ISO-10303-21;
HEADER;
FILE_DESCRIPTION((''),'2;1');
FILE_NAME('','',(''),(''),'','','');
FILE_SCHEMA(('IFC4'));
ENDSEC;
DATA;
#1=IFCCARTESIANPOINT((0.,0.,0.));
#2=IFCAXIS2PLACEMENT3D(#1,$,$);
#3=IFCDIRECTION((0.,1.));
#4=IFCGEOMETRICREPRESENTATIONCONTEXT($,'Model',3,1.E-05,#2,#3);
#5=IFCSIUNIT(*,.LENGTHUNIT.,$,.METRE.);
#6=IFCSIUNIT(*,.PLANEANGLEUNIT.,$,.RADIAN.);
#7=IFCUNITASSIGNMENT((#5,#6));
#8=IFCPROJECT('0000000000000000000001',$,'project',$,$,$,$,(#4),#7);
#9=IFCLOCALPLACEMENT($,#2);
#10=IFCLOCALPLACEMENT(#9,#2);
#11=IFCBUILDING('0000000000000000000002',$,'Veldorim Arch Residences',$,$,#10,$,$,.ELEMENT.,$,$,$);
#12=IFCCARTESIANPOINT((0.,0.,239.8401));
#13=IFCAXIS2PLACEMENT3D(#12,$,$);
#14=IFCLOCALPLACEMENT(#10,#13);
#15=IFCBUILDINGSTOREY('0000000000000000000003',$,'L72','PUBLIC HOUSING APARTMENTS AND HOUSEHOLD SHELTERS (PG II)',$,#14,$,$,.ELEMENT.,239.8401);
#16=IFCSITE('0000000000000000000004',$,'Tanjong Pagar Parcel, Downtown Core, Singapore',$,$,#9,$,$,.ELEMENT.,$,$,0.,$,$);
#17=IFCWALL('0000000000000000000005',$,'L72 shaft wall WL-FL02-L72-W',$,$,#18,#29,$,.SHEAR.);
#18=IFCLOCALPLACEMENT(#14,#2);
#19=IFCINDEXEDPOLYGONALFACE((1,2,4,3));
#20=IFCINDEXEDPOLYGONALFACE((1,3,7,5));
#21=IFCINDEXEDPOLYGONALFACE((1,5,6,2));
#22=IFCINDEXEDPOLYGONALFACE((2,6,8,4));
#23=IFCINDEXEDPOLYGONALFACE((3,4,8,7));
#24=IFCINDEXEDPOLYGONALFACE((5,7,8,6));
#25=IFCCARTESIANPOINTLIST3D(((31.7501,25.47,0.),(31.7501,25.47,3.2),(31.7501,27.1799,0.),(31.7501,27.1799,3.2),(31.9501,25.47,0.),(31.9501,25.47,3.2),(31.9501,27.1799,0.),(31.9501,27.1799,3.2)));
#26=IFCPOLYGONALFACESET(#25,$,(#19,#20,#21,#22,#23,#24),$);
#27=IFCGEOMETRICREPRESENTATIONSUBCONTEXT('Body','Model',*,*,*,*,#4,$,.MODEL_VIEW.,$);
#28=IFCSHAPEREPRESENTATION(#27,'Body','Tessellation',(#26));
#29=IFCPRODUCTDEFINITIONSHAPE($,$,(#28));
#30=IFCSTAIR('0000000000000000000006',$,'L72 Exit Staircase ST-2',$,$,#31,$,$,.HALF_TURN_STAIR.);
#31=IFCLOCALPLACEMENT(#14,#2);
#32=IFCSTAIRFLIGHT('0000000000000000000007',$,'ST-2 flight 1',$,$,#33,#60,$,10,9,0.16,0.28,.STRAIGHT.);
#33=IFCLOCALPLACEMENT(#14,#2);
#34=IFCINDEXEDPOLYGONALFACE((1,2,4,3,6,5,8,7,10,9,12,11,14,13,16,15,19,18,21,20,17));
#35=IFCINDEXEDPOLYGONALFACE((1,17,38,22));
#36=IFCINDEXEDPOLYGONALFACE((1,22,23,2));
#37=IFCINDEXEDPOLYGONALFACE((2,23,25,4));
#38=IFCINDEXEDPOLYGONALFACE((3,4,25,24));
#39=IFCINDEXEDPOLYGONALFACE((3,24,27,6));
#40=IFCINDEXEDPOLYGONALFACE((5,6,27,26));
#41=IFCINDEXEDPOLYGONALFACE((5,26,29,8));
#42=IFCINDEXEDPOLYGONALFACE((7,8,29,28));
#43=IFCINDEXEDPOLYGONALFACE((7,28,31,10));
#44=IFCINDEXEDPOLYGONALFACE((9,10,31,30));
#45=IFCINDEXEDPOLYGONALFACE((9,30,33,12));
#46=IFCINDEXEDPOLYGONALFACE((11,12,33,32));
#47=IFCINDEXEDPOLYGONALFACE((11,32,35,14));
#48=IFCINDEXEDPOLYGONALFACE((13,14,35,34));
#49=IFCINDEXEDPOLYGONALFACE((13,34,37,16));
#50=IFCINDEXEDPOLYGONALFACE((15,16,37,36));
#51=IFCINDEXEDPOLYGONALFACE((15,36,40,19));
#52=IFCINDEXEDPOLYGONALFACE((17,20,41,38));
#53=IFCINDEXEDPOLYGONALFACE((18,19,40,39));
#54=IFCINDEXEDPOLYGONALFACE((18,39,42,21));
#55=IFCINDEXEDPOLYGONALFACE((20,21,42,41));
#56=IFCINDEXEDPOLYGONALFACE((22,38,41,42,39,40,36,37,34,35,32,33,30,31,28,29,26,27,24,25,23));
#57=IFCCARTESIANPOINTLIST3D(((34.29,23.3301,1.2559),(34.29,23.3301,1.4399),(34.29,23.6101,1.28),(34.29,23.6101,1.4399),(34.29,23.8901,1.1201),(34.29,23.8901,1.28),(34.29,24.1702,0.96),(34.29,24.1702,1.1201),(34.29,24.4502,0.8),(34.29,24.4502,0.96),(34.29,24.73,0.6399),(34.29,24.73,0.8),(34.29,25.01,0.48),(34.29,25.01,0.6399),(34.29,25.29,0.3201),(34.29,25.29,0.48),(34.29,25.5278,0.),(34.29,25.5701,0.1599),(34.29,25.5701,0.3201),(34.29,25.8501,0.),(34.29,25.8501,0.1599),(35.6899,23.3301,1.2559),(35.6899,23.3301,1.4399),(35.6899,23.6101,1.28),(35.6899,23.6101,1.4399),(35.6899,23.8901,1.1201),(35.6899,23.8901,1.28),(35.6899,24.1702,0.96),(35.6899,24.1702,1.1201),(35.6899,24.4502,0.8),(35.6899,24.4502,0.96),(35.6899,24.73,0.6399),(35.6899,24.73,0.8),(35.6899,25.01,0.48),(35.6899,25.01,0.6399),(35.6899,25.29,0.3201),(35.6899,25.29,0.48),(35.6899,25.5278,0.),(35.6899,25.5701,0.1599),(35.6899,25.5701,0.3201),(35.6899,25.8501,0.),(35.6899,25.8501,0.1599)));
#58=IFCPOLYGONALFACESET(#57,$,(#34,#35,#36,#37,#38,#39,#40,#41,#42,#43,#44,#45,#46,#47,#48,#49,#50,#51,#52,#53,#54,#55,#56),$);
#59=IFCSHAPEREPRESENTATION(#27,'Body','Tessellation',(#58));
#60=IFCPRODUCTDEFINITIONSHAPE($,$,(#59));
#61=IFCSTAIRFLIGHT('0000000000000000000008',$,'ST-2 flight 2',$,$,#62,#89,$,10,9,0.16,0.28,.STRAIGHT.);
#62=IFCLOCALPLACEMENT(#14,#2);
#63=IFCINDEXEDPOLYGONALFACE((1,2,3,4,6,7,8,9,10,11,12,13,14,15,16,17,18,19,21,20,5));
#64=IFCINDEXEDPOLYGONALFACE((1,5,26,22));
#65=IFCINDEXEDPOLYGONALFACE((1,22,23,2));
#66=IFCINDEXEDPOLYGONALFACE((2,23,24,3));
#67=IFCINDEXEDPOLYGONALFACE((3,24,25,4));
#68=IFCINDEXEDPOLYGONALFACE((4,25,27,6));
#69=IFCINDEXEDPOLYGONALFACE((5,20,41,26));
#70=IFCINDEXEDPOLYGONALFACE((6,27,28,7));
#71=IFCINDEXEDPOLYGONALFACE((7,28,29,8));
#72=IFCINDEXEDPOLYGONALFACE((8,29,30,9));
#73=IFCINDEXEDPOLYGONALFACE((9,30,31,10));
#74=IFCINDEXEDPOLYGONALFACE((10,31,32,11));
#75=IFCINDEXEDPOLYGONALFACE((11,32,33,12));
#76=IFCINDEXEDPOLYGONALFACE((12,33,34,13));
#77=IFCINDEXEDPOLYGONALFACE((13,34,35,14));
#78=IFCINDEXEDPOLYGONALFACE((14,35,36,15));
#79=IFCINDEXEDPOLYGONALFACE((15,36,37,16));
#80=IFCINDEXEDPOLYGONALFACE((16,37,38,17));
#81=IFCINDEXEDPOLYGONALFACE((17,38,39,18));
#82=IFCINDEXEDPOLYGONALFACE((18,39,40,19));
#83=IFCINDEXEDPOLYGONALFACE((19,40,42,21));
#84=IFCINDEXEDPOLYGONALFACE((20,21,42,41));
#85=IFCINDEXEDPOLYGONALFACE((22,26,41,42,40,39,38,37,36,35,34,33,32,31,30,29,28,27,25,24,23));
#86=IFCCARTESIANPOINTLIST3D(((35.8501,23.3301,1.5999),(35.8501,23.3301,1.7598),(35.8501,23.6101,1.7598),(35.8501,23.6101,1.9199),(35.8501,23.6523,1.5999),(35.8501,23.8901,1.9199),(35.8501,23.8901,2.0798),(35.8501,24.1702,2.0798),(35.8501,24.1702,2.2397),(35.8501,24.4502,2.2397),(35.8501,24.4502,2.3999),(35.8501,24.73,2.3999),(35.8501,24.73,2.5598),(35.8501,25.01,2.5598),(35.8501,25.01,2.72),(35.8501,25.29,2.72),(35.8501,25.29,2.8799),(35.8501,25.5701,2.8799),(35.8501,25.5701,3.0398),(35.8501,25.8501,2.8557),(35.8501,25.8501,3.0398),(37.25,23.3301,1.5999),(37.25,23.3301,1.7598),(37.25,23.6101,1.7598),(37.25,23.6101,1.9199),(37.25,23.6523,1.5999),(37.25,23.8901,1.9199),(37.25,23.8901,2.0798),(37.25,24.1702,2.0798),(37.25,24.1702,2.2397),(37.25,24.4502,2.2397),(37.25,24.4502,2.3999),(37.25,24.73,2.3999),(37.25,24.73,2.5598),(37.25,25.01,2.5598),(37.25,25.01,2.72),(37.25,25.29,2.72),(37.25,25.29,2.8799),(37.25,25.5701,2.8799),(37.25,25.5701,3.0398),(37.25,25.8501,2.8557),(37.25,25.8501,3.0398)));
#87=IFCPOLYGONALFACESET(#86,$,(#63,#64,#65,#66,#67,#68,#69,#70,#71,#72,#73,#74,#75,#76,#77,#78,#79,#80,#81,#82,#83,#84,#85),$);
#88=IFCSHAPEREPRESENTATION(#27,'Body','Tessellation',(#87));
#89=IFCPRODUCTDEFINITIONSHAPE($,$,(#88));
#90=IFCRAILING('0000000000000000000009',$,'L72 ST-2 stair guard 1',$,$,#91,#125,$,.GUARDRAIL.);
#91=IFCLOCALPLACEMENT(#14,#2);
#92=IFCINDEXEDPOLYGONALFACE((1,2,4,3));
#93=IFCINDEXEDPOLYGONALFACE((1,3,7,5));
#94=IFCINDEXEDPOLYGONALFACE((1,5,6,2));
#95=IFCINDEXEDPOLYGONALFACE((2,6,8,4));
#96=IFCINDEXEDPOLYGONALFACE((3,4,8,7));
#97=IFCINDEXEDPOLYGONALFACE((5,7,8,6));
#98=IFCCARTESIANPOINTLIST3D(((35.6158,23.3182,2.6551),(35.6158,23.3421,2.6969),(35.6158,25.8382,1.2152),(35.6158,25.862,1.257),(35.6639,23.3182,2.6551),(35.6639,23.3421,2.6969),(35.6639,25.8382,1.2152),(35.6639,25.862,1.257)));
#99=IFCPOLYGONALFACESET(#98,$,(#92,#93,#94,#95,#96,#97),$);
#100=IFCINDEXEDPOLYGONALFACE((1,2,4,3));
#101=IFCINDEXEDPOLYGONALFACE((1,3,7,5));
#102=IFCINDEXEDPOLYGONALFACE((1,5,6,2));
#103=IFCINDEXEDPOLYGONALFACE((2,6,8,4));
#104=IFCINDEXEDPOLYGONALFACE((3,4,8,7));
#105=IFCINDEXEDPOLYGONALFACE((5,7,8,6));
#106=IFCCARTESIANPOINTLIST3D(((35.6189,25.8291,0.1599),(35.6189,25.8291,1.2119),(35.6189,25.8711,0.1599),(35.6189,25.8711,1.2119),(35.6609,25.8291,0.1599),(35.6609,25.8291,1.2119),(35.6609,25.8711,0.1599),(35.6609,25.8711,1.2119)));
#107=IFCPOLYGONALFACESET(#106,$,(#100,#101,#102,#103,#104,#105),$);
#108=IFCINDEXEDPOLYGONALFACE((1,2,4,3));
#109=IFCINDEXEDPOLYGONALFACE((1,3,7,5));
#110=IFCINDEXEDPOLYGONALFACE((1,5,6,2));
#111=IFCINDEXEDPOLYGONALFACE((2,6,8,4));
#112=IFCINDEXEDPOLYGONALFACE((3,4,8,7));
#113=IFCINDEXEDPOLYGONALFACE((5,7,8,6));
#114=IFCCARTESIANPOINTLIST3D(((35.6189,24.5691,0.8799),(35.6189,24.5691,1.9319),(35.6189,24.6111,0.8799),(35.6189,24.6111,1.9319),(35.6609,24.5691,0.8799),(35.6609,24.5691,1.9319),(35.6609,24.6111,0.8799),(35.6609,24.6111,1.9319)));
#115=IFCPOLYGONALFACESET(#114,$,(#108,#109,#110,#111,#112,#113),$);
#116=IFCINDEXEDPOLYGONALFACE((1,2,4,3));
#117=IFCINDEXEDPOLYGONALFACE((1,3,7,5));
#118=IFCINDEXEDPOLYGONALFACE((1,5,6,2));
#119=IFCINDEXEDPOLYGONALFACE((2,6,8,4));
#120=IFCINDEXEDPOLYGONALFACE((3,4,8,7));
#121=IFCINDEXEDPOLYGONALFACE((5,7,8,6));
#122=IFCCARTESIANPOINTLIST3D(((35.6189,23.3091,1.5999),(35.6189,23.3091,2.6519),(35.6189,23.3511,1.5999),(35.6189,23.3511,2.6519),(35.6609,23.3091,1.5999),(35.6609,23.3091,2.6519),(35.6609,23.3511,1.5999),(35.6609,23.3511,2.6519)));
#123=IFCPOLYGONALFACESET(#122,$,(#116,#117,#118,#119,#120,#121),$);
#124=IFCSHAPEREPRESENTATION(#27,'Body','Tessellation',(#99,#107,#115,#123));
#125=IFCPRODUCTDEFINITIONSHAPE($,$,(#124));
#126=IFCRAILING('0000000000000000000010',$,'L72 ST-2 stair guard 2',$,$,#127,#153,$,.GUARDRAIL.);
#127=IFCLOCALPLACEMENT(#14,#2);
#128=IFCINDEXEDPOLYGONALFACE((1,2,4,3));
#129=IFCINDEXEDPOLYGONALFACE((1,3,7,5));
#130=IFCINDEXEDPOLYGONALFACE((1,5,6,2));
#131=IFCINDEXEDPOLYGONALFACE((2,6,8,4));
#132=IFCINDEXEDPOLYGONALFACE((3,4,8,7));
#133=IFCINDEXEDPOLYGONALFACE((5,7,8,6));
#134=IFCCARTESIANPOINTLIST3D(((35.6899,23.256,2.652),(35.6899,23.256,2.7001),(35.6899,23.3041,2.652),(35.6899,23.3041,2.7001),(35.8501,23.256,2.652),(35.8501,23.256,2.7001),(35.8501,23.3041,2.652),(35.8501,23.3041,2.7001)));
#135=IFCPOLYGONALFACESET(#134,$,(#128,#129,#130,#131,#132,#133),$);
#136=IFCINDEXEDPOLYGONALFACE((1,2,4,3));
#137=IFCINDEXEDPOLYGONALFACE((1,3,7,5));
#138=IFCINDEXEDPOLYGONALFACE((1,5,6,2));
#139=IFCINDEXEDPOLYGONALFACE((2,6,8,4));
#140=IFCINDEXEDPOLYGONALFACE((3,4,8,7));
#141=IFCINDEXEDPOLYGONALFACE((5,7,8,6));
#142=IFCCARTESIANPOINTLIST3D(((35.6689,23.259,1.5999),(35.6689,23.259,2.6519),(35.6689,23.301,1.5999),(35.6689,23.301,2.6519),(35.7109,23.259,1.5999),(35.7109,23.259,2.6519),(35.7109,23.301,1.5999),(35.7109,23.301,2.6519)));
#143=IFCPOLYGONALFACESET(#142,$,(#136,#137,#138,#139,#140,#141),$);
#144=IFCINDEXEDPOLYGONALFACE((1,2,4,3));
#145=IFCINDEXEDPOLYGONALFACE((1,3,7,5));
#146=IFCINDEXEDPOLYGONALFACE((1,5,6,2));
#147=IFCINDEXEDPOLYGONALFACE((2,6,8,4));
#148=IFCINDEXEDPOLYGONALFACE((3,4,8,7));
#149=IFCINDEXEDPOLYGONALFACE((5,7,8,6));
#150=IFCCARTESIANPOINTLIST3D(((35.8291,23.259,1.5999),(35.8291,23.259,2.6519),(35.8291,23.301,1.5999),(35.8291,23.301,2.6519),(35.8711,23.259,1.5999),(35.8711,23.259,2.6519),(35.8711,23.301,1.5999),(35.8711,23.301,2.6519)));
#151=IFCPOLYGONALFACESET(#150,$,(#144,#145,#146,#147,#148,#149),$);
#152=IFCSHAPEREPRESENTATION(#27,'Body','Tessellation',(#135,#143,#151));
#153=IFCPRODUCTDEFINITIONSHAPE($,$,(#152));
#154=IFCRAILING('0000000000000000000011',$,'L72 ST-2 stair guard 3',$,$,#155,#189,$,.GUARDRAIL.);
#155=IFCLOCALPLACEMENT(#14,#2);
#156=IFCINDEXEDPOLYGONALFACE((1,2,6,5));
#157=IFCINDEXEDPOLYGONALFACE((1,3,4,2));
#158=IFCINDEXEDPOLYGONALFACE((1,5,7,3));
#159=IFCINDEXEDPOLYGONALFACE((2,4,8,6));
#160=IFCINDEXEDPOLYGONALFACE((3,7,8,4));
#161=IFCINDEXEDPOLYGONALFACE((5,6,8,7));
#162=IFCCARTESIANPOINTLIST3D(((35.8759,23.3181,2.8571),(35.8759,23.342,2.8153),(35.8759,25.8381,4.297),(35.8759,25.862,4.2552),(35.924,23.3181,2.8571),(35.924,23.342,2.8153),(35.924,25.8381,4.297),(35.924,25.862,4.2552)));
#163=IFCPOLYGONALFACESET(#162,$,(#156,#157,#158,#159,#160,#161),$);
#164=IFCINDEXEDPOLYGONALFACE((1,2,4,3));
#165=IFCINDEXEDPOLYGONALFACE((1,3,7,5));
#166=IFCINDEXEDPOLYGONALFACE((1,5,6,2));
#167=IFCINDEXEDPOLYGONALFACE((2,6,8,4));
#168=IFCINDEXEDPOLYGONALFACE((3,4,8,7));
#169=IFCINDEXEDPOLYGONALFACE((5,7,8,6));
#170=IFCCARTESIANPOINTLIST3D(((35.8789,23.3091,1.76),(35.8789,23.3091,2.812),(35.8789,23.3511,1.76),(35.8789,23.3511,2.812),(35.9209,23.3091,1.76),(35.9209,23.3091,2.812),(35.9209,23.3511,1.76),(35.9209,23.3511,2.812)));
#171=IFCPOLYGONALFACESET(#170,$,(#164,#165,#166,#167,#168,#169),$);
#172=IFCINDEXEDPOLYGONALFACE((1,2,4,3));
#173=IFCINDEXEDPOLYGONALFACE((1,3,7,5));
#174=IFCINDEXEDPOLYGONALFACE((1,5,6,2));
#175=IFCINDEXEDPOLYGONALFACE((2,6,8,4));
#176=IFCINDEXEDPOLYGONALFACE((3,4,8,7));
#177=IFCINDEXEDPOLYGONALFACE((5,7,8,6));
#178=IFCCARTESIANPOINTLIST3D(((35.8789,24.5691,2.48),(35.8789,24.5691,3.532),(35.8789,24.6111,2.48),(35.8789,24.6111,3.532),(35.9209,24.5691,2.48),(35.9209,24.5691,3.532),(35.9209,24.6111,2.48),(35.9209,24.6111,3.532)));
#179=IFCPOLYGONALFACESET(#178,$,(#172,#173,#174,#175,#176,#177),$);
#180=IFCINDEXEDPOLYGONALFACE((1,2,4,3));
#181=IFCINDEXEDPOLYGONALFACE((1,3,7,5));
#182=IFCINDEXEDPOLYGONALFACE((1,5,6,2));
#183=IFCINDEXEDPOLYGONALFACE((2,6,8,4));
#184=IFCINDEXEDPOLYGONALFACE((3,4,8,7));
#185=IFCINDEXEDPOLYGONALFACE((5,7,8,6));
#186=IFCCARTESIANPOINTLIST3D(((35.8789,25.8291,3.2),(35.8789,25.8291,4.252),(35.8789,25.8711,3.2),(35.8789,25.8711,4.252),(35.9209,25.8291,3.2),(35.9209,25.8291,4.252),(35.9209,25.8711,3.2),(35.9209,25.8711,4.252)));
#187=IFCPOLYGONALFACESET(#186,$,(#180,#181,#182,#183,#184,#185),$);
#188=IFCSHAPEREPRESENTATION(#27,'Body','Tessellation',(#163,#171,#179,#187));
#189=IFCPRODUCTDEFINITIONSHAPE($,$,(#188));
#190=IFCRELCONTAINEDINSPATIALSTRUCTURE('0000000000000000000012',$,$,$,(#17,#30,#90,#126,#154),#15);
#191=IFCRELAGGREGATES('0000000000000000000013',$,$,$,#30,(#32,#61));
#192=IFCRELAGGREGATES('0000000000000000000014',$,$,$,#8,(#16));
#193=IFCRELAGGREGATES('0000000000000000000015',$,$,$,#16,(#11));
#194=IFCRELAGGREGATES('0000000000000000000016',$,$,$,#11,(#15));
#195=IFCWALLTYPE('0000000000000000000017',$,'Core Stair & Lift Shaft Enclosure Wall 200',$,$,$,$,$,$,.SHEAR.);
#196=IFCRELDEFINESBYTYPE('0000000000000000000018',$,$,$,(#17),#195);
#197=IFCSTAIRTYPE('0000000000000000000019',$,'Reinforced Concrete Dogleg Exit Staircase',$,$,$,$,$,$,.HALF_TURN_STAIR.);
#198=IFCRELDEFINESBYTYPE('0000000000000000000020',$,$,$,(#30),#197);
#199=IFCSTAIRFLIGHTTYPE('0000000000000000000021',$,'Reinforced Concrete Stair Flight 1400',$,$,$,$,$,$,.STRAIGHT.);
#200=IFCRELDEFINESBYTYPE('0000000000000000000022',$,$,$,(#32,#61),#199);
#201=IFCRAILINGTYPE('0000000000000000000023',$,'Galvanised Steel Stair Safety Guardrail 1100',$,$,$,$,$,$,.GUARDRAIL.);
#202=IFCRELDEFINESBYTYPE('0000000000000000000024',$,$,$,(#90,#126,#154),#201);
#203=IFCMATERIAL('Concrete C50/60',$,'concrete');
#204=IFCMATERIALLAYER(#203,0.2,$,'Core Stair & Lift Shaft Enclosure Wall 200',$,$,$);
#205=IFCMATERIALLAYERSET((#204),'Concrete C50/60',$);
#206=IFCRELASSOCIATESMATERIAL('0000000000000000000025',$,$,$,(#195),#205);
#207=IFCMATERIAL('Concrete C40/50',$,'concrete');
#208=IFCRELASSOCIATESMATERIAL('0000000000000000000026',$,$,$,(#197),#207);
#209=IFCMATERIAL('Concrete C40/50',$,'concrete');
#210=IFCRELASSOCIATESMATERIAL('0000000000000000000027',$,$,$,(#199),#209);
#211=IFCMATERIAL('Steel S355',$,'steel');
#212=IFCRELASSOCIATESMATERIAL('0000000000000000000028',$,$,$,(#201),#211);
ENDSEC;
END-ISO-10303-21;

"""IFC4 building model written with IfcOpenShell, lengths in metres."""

from ifc_helpers import new_model, si_unit, direction, frame, frame_2d, origin, origin_2d, place, context, subcontext, project, spatial, polyline, rectangle, outline, extrude, material, layer, layer_set, type_object, element, aggregate, save


model = new_model("IFC4")

# Units and contexts
model_context = context("Model", 3, precision=1e-05, world=origin(), true_north=direction((0.0, 1.0)))
body_context = subcontext(model_context, "Body", "Model", "MODEL_VIEW")
ifc_project = project(units=[si_unit("LENGTHUNIT", "METRE"), si_unit("PLANEANGLEUNIT", "RADIAN")], contexts=[model_context])

# Site, building, storey
site_placement = place(None, origin())
site = spatial("IfcSite", under=ifc_project, at=site_placement, Name="Tanjong Pagar Parcel, Downtown Core, Singapore", CompositionType="ELEMENT", RefElevation=0.0)
building_placement = place(site_placement, origin())
building = spatial("IfcBuilding", under=site, at=building_placement, Name="Veldorim Arch Residences", CompositionType="ELEMENT")
storey_placement = place(building_placement, frame((0.0, 0.0, 239.8401)))
storey = spatial("IfcBuildingStorey", under=building, at=storey_placement, Name="L72", Description="PUBLIC HOUSING APARTMENTS AND HOUSEHOLD SHELTERS (PG II)", CompositionType="ELEMENT", Elevation=239.8401)

# Wall
ifc_material_1 = material(Name="Concrete C50/60", Category="concrete")
ifc_layer_1 = layer(ifc_material_1, 0.2, Name="Core Stair & Lift Shaft Enclosure Wall 200")
ifc_layer_set_1 = layer_set([ifc_layer_1], Name="Concrete C50/60")
wall_type_1 = type_object("IfcWallType", Name="Core Stair & Lift Shaft Enclosure Wall 200", PredefinedType="SHEAR", material=ifc_layer_set_1)
wall_1_placement = place(storey_placement, frame((31.8501, 25.47, 0.0), z_axis=(0.0, 0.0, 1.0), x_axis=(0.0, 1.0, 0.0)))
element("IfcWall", 1, at=wall_1_placement, inside=storey, type_object=wall_type_1, Name="L72 shaft wall WL-FL02-L72-W", PredefinedType="SHEAR", context=body_context, shape_type="SweptSolid", body=[
    extrude(rectangle(XDim=1.71, YDim=0.2, at=frame_2d((0.855, 0.0))), origin(), (0.0, 0.0, 1.0), 3.2),
])

# Stair, stair flights
ifc_material_2 = material(Name="Concrete C40/50", Category="concrete")
stair_type = type_object("IfcStairType", Name="Reinforced Concrete Dogleg Exit Staircase", PredefinedType="HALF_TURN_STAIR", material=ifc_material_2)
stair_placement = place(storey_placement, origin())
stair = element("IfcStair", 2, at=stair_placement, inside=storey, type_object=stair_type, Name="L72 Exit Staircase ST-2", PredefinedType="HALF_TURN_STAIR")
ifc_material_3 = material(Name="Concrete C40/50", Category="concrete")
stair_flight_type = type_object("IfcStairFlightType", Name="Reinforced Concrete Stair Flight 1400", PredefinedType="STRAIGHT", material=ifc_material_3)
stair_flight_1_placement = place(storey_placement, frame((34.99, 25.8501, 0.0), z_axis=(0.0, 0.0, 1.0), x_axis=(0.0, -1.0, 0.0)))
stair_flight_1 = element("IfcStairFlight", 3, at=stair_flight_1_placement, type_object=stair_flight_type, Name="ST-2 flight 1", NumberOfRisers=10, NumberOfTreads=9, PredefinedType="STRAIGHT", RiserHeight=0.16, TreadLength=0.28, context=body_context, shape_type="SweptSolid", body=[
    extrude(outline(polyline([(0.0, 0.0), (0.0, 0.1599), (0.28, 0.1599), (0.28, 0.3201), (0.5601, 0.3201), (0.5601, 0.48), (0.8401, 0.48), (0.8401, 0.6399), (1.1201, 0.6399), (1.1201, 0.8), (1.3999, 0.8), (1.3999, 0.96), (1.6799, 0.96), (1.6799, 1.1201), (1.96, 1.1201), (1.96, 1.28), (2.24, 1.28), (2.24, 1.4399), (2.52, 1.4399), (2.52, 1.6001), (2.52, 1.2559), (0.3223, 0.0), (0.0, 0.0)])), frame((0.0, 0.7, 0.0), z_axis=(0.0, -1.0, 0.0), x_axis=(1.0, 0.0, 0.0)), (0.0, 0.0, 1.0), 1.3999),
])
stair_flight_2_placement = place(storey_placement, frame((36.55, 23.3301, 1.5999), z_axis=(0.0, 0.0, 1.0), x_axis=(0.0, 1.0, 0.0)))
stair_flight_2 = element("IfcStairFlight", 4, at=stair_flight_2_placement, type_object=stair_flight_type, Name="ST-2 flight 2", NumberOfRisers=10, NumberOfTreads=9, PredefinedType="STRAIGHT", RiserHeight=0.16, TreadLength=0.28, context=body_context, shape_type="SweptSolid", body=[
    extrude(outline(polyline([(0.0, 0.0), (0.0, 0.1599), (0.28, 0.1599), (0.28, 0.3201), (0.5601, 0.3201), (0.5601, 0.48), (0.8401, 0.48), (0.8401, 0.6399), (1.1201, 0.6399), (1.1201, 0.8), (1.3999, 0.8), (1.3999, 0.96), (1.6799, 0.96), (1.6799, 1.1201), (1.96, 1.1201), (1.96, 1.28), (2.24, 1.28), (2.24, 1.4399), (2.52, 1.4399), (2.52, 1.6001), (2.52, 1.2559), (0.3223, 0.0), (0.0, 0.0)])), frame((0.0, 0.7, 0.0), z_axis=(0.0, -1.0, 0.0), x_axis=(1.0, 0.0, 0.0)), (0.0, 0.0, 1.0), 1.3999),
])
aggregate(stair, [stair_flight_1, stair_flight_2])

# Railings
ifc_material_4 = material(Name="Steel S355", Category="steel")
railing_type_1 = type_object("IfcRailingType", Name="Galvanised Steel Stair Safety Guardrail 1100", PredefinedType="GUARDRAIL", material=ifc_material_4)
railing_1_placement = place(storey_placement, frame((35.6399, 25.8501, 0.1599)))
element("IfcRailing", 5, at=railing_1_placement, inside=storey, type_object=railing_type_1, Name="L72 ST-2 stair guard 1", PredefinedType="GUARDRAIL", context=body_context, shape_type="SweptSolid", body=[
    extrude(rectangle(XDim=0.0481, YDim=0.0481, at=origin_2d()), frame((0.0, 0.0, 1.0762), z_axis=(0.0, -0.868253, 0.496121), x_axis=(1.0, 0.0, 0.0)), (0.0, 0.0, 1.0), 2.9023),
    extrude(rectangle(XDim=0.042, YDim=0.042, at=origin_2d()), origin(), (0.0, 0.0, 1.0), 1.052),
    extrude(rectangle(XDim=0.042, YDim=0.042, at=origin_2d()), frame((0.0, -1.26, 0.72)), (0.0, 0.0, 1.0), 1.052),
    extrude(rectangle(XDim=0.042, YDim=0.042, at=origin_2d()), frame((0.0, -2.52, 1.4399)), (0.0, 0.0, 1.0), 1.052),
])
railing_2_placement = place(storey_placement, frame((35.6899, 23.28, 1.5999)))
element("IfcRailing", 6, at=railing_2_placement, inside=storey, type_object=railing_type_1, Name="L72 ST-2 stair guard 2", PredefinedType="GUARDRAIL", context=body_context, shape_type="SweptSolid", body=[
    extrude(rectangle(XDim=0.0481, YDim=0.0481, at=origin_2d()), frame((0.0, 0.0, 1.0762), z_axis=(1.0, 0.0, 0.0), x_axis=(0.0, 1.0, 0.0)), (0.0, 0.0, 1.0), 0.1602),
    extrude(rectangle(XDim=0.042, YDim=0.042, at=origin_2d()), origin(), (0.0, 0.0, 1.0), 1.052),
    extrude(rectangle(XDim=0.042, YDim=0.042, at=origin_2d()), frame((0.1602, 0.0, 0.0)), (0.0, 0.0, 1.0), 1.052),
])
railing_3_placement = place(storey_placement, frame((35.8999, 23.3301, 1.76)))
element("IfcRailing", 7, at=railing_3_placement, inside=storey, type_object=railing_type_1, Name="L72 ST-2 stair guard 3", PredefinedType="GUARDRAIL", context=body_context, shape_type="SweptSolid", body=[
    extrude(rectangle(XDim=0.0481, YDim=0.0481, at=origin_2d()), frame((0.0, 0.0, 1.0762), z_axis=(0.0, 0.868253, 0.496121), x_axis=(-1.0, 0.0, 0.0)), (0.0, 0.0, 1.0), 2.9023),
    extrude(rectangle(XDim=0.042, YDim=0.042, at=origin_2d()), origin(), (0.0, 0.0, 1.0), 1.052),
    extrude(rectangle(XDim=0.042, YDim=0.042, at=origin_2d()), frame((0.0, 1.26, 0.72)), (0.0, 0.0, 1.0), 1.052),
    extrude(rectangle(XDim=0.042, YDim=0.042, at=origin_2d()), frame((0.0, 2.52, 1.4399)), (0.0, 0.0, 1.0), 1.052),
])

save(model, "model.ifc")
